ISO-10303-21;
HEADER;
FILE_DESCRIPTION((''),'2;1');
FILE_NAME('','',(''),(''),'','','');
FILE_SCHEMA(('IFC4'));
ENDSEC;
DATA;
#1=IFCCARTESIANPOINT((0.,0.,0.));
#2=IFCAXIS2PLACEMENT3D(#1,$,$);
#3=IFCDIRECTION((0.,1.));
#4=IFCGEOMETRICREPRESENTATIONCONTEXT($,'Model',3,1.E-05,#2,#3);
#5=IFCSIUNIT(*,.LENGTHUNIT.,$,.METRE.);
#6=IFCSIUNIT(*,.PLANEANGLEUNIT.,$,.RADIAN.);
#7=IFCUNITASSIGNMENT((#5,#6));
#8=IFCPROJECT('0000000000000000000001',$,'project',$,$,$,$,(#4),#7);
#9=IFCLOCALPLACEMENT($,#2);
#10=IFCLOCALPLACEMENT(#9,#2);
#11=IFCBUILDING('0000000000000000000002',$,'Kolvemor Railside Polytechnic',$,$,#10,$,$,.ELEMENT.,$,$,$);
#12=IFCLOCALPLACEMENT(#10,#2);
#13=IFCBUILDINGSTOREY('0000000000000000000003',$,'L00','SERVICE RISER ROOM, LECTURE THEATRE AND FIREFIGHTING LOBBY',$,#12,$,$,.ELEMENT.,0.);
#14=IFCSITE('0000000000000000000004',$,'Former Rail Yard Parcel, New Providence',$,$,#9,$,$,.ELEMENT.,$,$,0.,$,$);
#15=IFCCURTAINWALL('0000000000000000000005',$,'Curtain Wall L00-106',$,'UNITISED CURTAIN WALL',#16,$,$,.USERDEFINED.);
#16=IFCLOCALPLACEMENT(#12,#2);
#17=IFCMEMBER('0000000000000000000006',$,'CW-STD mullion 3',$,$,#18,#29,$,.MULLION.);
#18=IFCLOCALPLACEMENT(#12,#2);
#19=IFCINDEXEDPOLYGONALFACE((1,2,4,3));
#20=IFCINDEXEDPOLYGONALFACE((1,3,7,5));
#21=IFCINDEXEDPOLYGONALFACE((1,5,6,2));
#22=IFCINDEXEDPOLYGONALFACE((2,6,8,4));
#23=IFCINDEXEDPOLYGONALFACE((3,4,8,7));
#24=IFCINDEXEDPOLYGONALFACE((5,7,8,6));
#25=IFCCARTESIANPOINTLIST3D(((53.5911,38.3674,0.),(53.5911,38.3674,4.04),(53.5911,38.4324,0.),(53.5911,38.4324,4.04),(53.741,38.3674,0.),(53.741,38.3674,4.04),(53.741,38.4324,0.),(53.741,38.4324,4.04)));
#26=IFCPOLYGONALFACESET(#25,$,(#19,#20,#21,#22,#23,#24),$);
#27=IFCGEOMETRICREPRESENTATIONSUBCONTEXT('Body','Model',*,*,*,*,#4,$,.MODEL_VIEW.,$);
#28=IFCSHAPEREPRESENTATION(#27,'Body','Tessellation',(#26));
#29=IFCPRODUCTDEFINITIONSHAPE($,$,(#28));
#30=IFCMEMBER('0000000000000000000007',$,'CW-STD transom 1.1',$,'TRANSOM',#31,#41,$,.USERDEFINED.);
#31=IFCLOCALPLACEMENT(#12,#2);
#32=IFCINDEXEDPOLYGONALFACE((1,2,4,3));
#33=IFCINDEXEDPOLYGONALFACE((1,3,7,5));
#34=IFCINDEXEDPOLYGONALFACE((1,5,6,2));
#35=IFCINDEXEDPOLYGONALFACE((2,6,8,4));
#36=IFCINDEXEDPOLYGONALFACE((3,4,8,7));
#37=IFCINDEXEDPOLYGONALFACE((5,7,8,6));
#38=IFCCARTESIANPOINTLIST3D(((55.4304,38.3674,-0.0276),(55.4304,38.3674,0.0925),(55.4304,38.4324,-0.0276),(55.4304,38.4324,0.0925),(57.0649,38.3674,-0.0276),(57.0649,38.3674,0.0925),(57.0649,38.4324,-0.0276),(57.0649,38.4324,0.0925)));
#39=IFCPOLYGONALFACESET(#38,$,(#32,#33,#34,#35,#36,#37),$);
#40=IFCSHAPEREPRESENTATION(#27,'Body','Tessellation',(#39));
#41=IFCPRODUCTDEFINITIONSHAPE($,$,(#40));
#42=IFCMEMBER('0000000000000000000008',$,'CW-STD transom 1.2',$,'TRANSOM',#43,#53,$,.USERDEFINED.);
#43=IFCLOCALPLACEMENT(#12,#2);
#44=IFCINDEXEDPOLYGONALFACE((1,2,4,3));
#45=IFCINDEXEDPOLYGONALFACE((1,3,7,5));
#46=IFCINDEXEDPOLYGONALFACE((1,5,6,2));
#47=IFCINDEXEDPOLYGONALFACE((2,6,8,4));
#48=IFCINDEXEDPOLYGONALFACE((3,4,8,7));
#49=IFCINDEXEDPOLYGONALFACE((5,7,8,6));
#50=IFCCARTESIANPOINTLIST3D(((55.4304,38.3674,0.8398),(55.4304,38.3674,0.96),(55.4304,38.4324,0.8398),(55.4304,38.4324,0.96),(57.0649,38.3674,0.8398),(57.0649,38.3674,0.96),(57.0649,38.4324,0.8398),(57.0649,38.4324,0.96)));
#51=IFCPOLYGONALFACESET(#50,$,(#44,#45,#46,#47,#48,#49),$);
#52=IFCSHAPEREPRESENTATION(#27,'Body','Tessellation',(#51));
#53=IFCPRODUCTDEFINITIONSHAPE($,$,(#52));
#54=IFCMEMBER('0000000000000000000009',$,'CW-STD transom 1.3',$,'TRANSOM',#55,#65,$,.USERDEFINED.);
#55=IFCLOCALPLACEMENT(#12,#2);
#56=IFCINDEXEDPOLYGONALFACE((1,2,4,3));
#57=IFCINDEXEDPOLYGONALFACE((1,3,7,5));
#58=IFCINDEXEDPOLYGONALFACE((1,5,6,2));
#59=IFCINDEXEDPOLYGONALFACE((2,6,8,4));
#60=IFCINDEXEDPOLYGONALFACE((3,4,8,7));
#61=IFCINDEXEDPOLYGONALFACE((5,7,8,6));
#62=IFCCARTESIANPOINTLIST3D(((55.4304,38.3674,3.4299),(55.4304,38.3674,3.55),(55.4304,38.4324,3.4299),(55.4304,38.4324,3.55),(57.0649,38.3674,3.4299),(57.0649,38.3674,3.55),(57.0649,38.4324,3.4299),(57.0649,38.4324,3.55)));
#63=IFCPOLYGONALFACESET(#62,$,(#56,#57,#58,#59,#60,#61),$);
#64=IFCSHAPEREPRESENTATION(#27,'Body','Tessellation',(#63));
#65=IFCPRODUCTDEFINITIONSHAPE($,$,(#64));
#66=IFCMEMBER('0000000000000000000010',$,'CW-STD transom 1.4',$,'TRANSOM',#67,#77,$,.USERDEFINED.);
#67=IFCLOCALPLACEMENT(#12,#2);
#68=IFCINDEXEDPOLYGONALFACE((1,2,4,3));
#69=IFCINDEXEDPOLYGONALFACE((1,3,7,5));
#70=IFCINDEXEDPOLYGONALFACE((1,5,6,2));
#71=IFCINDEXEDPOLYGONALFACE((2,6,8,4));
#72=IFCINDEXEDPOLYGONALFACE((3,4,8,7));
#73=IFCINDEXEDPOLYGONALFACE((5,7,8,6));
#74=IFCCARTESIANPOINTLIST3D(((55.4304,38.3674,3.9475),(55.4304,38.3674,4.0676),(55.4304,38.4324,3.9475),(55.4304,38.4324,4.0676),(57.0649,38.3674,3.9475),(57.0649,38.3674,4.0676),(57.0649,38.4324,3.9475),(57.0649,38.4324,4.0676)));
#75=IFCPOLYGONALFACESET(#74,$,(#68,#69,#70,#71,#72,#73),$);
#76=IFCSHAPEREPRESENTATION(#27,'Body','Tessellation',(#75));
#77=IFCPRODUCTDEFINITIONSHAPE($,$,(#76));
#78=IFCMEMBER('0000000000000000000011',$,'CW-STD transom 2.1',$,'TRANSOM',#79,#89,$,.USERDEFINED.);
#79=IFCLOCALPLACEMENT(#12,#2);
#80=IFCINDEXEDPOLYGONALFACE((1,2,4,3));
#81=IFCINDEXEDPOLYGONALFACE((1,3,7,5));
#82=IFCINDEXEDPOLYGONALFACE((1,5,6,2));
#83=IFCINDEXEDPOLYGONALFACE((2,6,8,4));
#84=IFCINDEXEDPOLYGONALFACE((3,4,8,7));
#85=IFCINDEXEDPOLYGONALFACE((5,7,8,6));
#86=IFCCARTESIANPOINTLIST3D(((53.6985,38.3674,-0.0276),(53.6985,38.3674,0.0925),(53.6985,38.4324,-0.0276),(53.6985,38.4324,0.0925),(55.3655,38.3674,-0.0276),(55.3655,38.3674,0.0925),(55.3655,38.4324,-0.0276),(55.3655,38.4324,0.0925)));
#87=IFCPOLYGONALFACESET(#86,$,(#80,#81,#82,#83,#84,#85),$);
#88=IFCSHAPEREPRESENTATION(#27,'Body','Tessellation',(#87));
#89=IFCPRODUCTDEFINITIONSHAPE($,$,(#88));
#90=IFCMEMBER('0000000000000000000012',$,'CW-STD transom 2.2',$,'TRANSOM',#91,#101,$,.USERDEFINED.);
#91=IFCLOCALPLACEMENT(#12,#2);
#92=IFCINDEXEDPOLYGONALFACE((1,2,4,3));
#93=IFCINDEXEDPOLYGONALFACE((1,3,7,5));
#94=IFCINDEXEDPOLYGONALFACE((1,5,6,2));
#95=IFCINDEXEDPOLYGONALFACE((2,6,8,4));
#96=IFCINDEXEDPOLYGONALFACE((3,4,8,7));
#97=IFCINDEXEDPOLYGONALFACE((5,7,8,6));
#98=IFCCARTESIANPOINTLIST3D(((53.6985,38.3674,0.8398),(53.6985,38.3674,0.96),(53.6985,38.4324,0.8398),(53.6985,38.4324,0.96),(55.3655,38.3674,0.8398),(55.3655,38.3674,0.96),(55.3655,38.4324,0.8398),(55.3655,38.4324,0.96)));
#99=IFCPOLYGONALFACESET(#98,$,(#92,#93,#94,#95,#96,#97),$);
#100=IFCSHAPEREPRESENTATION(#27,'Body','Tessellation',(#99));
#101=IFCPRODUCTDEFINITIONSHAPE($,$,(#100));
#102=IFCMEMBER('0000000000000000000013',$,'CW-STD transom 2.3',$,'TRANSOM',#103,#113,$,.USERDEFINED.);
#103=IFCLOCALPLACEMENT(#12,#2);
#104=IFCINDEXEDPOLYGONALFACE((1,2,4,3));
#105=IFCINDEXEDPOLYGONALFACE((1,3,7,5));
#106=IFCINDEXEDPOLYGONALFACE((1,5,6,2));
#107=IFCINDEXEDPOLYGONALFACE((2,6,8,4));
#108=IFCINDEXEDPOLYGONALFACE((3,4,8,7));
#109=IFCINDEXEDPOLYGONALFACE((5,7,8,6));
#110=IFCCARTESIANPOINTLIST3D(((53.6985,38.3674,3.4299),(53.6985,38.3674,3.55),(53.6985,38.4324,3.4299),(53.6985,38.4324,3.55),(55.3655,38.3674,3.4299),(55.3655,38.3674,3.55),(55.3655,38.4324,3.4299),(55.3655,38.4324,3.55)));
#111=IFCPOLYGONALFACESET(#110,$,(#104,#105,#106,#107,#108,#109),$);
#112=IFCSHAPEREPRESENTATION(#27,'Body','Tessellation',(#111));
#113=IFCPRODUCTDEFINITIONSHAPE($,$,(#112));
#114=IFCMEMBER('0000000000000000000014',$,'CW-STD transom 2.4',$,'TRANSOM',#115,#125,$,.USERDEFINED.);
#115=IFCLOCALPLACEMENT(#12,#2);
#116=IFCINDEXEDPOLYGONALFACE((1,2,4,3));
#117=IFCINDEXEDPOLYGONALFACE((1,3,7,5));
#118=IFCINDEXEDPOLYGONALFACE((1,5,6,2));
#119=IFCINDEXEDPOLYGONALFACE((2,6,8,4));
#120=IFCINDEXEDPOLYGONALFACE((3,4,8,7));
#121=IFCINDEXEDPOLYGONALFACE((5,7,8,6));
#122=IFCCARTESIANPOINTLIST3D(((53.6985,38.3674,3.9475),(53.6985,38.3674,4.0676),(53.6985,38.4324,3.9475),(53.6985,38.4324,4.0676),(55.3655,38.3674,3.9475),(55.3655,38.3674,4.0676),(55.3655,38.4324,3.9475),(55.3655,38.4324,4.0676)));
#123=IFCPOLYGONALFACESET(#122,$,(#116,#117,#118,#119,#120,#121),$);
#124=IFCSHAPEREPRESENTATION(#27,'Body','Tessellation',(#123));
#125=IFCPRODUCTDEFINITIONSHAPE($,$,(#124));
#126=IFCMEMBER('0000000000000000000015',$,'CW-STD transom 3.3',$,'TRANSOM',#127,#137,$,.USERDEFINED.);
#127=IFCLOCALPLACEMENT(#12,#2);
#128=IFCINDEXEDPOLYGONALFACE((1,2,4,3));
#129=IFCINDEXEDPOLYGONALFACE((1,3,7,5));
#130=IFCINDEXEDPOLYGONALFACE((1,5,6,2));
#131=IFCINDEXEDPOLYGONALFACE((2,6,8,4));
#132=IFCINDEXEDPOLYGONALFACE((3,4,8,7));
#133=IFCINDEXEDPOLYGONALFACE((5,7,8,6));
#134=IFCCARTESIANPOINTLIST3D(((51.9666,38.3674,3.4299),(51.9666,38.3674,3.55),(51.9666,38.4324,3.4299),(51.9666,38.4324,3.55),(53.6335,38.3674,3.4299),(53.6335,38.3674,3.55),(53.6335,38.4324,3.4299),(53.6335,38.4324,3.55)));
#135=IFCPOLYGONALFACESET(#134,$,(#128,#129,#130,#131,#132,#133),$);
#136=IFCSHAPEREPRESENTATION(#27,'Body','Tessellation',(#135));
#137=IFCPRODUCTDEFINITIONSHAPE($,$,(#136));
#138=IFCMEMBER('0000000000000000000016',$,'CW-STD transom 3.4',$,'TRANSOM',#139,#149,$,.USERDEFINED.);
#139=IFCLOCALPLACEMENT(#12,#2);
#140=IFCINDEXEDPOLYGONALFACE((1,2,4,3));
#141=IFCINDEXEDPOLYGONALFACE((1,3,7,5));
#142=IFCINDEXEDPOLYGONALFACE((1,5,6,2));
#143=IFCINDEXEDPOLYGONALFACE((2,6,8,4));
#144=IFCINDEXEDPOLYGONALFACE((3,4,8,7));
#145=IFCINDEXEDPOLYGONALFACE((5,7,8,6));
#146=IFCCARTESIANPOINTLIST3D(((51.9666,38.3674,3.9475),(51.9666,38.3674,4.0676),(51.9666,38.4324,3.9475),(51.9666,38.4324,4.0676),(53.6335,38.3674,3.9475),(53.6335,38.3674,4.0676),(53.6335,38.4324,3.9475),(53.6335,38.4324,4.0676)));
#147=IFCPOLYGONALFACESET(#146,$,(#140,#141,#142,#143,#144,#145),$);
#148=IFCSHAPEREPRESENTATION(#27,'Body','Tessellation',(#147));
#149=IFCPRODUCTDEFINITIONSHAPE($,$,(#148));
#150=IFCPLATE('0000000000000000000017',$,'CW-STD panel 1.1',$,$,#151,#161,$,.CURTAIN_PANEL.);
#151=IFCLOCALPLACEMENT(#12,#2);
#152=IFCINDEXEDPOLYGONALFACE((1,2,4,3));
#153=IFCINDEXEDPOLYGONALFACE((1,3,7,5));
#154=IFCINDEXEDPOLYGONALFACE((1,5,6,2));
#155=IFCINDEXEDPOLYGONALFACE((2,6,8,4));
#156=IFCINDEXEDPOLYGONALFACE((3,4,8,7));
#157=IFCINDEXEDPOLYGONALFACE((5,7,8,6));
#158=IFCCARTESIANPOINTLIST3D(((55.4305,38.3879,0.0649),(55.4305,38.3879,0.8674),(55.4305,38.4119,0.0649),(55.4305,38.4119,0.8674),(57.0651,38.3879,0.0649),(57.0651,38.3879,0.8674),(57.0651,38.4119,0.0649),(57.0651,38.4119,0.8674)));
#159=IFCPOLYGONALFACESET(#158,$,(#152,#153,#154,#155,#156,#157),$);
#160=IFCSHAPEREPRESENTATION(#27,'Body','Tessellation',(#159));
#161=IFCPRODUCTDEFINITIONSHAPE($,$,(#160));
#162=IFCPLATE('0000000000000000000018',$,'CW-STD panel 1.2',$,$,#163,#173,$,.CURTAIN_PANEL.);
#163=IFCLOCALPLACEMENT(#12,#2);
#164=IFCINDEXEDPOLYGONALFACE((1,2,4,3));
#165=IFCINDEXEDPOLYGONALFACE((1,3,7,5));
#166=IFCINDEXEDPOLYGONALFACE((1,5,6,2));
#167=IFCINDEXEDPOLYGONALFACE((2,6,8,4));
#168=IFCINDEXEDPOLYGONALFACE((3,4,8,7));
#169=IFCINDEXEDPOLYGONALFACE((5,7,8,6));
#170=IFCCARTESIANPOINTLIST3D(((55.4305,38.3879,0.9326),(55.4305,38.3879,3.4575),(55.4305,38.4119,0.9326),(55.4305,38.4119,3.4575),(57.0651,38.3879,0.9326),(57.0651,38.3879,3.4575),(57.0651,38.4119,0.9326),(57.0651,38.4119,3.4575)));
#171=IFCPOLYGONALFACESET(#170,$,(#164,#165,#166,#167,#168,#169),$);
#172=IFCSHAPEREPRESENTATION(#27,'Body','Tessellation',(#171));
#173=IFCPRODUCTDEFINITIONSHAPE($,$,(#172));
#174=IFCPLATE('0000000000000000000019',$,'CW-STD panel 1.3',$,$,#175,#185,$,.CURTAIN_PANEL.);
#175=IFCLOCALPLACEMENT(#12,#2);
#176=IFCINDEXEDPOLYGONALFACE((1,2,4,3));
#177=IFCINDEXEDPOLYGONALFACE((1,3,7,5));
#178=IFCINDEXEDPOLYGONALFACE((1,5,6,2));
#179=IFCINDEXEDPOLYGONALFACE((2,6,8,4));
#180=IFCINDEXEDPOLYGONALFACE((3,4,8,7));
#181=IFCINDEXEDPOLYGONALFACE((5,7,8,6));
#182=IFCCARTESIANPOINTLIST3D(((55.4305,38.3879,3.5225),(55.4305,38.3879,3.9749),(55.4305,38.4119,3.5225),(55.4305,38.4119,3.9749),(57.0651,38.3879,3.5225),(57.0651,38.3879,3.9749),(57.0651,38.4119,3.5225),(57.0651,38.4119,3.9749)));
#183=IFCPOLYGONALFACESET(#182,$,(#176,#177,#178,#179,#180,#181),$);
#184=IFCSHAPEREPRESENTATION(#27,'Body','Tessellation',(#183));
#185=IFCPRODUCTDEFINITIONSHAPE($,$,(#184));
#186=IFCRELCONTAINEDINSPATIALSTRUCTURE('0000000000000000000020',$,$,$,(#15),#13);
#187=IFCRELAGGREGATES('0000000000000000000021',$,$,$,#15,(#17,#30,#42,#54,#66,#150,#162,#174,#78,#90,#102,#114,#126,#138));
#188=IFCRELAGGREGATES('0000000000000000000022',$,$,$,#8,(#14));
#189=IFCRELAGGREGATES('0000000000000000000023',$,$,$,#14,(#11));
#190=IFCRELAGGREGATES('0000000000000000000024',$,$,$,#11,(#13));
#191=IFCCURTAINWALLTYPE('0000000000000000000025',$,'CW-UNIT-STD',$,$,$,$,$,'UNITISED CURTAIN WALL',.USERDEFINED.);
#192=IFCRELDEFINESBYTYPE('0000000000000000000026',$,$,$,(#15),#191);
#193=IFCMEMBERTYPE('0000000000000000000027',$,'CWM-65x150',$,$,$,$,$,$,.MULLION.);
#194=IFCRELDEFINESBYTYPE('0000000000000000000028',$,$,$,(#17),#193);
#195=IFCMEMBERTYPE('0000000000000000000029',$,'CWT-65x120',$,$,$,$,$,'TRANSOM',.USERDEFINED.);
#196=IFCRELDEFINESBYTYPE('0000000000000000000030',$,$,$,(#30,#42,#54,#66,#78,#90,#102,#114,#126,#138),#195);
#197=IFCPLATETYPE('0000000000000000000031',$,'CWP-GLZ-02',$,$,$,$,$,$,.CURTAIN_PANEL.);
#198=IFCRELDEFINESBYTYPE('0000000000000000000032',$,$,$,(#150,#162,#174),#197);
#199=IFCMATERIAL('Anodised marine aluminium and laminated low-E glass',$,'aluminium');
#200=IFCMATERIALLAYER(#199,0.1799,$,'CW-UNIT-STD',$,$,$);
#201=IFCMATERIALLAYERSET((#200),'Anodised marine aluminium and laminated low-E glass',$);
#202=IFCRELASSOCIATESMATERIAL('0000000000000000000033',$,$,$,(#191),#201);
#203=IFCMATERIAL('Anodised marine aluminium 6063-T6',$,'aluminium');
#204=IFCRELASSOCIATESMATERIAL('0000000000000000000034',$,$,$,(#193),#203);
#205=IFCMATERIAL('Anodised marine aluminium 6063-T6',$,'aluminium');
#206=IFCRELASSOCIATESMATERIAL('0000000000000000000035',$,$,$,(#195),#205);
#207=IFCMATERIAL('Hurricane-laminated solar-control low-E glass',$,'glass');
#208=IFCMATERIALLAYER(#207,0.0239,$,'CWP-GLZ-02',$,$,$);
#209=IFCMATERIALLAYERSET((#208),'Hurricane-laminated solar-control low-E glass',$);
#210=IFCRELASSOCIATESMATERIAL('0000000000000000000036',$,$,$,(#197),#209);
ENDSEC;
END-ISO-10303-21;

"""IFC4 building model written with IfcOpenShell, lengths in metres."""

from ifc_helpers import new_model, si_unit, direction, frame, origin, origin_2d, place, context, subcontext, project, spatial, rectangle, extrude, material, layer, layer_set, material_profile, profile_set, type_object, element, aggregate, save


model = new_model("IFC4")

# Units and contexts
model_context = context("Model", 3, precision=1e-05, world=origin(), true_north=direction((0.0, 1.0)))
body_context = subcontext(model_context, "Body", "Model", "MODEL_VIEW")
ifc_project = project(units=[si_unit("LENGTHUNIT", "METRE"), si_unit("PLANEANGLEUNIT", "RADIAN")], contexts=[model_context])

# Site, building, storey
site_placement = place(None, origin())
site = spatial("IfcSite", under=ifc_project, at=site_placement, Name="Former Rail Yard Parcel, New Providence", CompositionType="ELEMENT", RefElevation=0.0)
building_placement = place(site_placement, origin())
building = spatial("IfcBuilding", under=site, at=building_placement, Name="Kolvemor Railside Polytechnic", CompositionType="ELEMENT")
storey_placement = place(building_placement, origin())
storey = spatial("IfcBuildingStorey", under=building, at=storey_placement, Name="L00", Description="SERVICE RISER ROOM, LECTURE THEATRE AND FIREFIGHTING LOBBY", CompositionType="ELEMENT", Elevation=0.0)

# Curtain wall, members, plates
ifc_material_1 = material(Name="Anodised marine aluminium and laminated low-E glass", Category="aluminium")
ifc_layer_1 = layer(ifc_material_1, 0.1799, Name="CW-UNIT-STD")
ifc_layer_set_1 = layer_set([ifc_layer_1], Name="Anodised marine aluminium and laminated low-E glass")
curtain_wall_type = type_object("IfcCurtainWallType", Name="CW-UNIT-STD", ElementType="UNITISED CURTAIN WALL", PredefinedType="USERDEFINED", material=ifc_layer_set_1)
curtain_wall_placement = place(storey_placement, origin())
curtain_wall = element("IfcCurtainWall", 1, at=curtain_wall_placement, inside=storey, type_object=curtain_wall_type, Name="Curtain Wall L00-106", ObjectType="UNITISED CURTAIN WALL", PredefinedType="USERDEFINED")
ifc_material_2 = material(Name="Anodised marine aluminium 6063-T6", Category="aluminium")
ifc_material_profile_1 = material_profile(ifc_material_2, rectangle(XDim=0.0649, YDim=0.1499, at=origin_2d()), Name="CW-MUL-65x150")
ifc_profile_set_1 = profile_set([ifc_material_profile_1], Name="Anodised marine aluminium 6063-T6")
member_type_1 = type_object("IfcMemberType", Name="CWM-65x150", PredefinedType="MULLION", material=ifc_profile_set_1)
member_1_placement = place(storey_placement, frame((53.666, 38.3999, 0.0), z_axis=(0.0, 0.0, 1.0), x_axis=(0.0, -1.0, 0.0)))
member_1 = element("IfcMember", 2, at=member_1_placement, type_object=member_type_1, Name="CW-STD mullion 3", PredefinedType="MULLION", context=body_context, shape_type="SweptSolid", body=[
    extrude(rectangle(XDim=0.0649, YDim=0.1499, at=origin_2d()), origin(), (0.0, 0.0, 1.0), 4.04),
])
ifc_material_3 = material(Name="Anodised marine aluminium 6063-T6", Category="aluminium")
ifc_material_profile_2 = material_profile(ifc_material_3, rectangle(XDim=0.0649, YDim=0.1201, at=origin_2d()), Name="CW-TRN-65x120")
ifc_profile_set_2 = profile_set([ifc_material_profile_2], Name="Anodised marine aluminium 6063-T6")
member_type_2 = type_object("IfcMemberType", Name="CWT-65x120", ElementType="TRANSOM", PredefinedType="USERDEFINED", material=ifc_profile_set_2)
member_2_placement = place(storey_placement, frame((57.0649, 38.3999, 0.0325), z_axis=(-1.0, 0.0, 0.0), x_axis=(0.0, -1.0, 0.0)))
member_2 = element("IfcMember", 3, at=member_2_placement, type_object=member_type_2, Name="CW-STD transom 1.1", ObjectType="TRANSOM", PredefinedType="USERDEFINED", context=body_context, shape_type="SweptSolid", body=[
    extrude(rectangle(XDim=0.0649, YDim=0.1201, at=origin_2d()), origin(), (0.0, 0.0, 1.0), 1.6345),
])
member_3_placement = place(storey_placement, frame((57.0649, 38.3999, 0.8999), z_axis=(-1.0, 0.0, 0.0), x_axis=(0.0, -1.0, 0.0)))
member_3 = element("IfcMember", 4, at=member_3_placement, type_object=member_type_2, Name="CW-STD transom 1.2", ObjectType="TRANSOM", PredefinedType="USERDEFINED", context=body_context, shape_type="SweptSolid", body=[
    extrude(rectangle(XDim=0.0649, YDim=0.1201, at=origin_2d()), origin(), (0.0, 0.0, 1.0), 1.6345),
])
member_4_placement = place(storey_placement, frame((57.0649, 38.3999, 3.49), z_axis=(-1.0, 0.0, 0.0), x_axis=(0.0, -1.0, 0.0)))
member_4 = element("IfcMember", 5, at=member_4_placement, type_object=member_type_2, Name="CW-STD transom 1.3", ObjectType="TRANSOM", PredefinedType="USERDEFINED", context=body_context, shape_type="SweptSolid", body=[
    extrude(rectangle(XDim=0.0649, YDim=0.1201, at=origin_2d()), origin(), (0.0, 0.0, 1.0), 1.6345),
])
member_5_placement = place(storey_placement, frame((57.0649, 38.3999, 4.0076), z_axis=(-1.0, 0.0, 0.0), x_axis=(0.0, -1.0, 0.0)))
member_5 = element("IfcMember", 6, at=member_5_placement, type_object=member_type_2, Name="CW-STD transom 1.4", ObjectType="TRANSOM", PredefinedType="USERDEFINED", context=body_context, shape_type="SweptSolid", body=[
    extrude(rectangle(XDim=0.0649, YDim=0.1201, at=origin_2d()), origin(), (0.0, 0.0, 1.0), 1.6345),
])
member_6_placement = place(storey_placement, frame((55.3655, 38.3999, 0.0325), z_axis=(-1.0, 0.0, 0.0), x_axis=(0.0, -1.0, 0.0)))
member_6 = element("IfcMember", 7, at=member_6_placement, type_object=member_type_2, Name="CW-STD transom 2.1", ObjectType="TRANSOM", PredefinedType="USERDEFINED", context=body_context, shape_type="SweptSolid", body=[
    extrude(rectangle(XDim=0.0649, YDim=0.1201, at=origin_2d()), origin(), (0.0, 0.0, 1.0), 1.667),
])
member_7_placement = place(storey_placement, frame((55.3655, 38.3999, 0.8999), z_axis=(-1.0, 0.0, 0.0), x_axis=(0.0, -1.0, 0.0)))
member_7 = element("IfcMember", 8, at=member_7_placement, type_object=member_type_2, Name="CW-STD transom 2.2", ObjectType="TRANSOM", PredefinedType="USERDEFINED", context=body_context, shape_type="SweptSolid", body=[
    extrude(rectangle(XDim=0.0649, YDim=0.1201, at=origin_2d()), origin(), (0.0, 0.0, 1.0), 1.667),
])
member_8_placement = place(storey_placement, frame((55.3655, 38.3999, 3.49), z_axis=(-1.0, 0.0, 0.0), x_axis=(0.0, -1.0, 0.0)))
member_8 = element("IfcMember", 9, at=member_8_placement, type_object=member_type_2, Name="CW-STD transom 2.3", ObjectType="TRANSOM", PredefinedType="USERDEFINED", context=body_context, shape_type="SweptSolid", body=[
    extrude(rectangle(XDim=0.0649, YDim=0.1201, at=origin_2d()), origin(), (0.0, 0.0, 1.0), 1.667),
])
member_9_placement = place(storey_placement, frame((55.3655, 38.3999, 4.0076), z_axis=(-1.0, 0.0, 0.0), x_axis=(0.0, -1.0, 0.0)))
member_9 = element("IfcMember", 10, at=member_9_placement, type_object=member_type_2, Name="CW-STD transom 2.4", ObjectType="TRANSOM", PredefinedType="USERDEFINED", context=body_context, shape_type="SweptSolid", body=[
    extrude(rectangle(XDim=0.0649, YDim=0.1201, at=origin_2d()), origin(), (0.0, 0.0, 1.0), 1.667),
])
member_10_placement = place(storey_placement, frame((53.6335, 38.3999, 3.49), z_axis=(-1.0, 0.0, 0.0), x_axis=(0.0, -1.0, 0.0)))
member_10 = element("IfcMember", 11, at=member_10_placement, type_object=member_type_2, Name="CW-STD transom 3.3", ObjectType="TRANSOM", PredefinedType="USERDEFINED", context=body_context, shape_type="SweptSolid", body=[
    extrude(rectangle(XDim=0.0649, YDim=0.1201, at=origin_2d()), origin(), (0.0, 0.0, 1.0), 1.667),
])
member_11_placement = place(storey_placement, frame((53.6335, 38.3999, 4.0076), z_axis=(-1.0, 0.0, 0.0), x_axis=(0.0, -1.0, 0.0)))
member_11 = element("IfcMember", 12, at=member_11_placement, type_object=member_type_2, Name="CW-STD transom 3.4", ObjectType="TRANSOM", PredefinedType="USERDEFINED", context=body_context, shape_type="SweptSolid", body=[
    extrude(rectangle(XDim=0.0649, YDim=0.1201, at=origin_2d()), origin(), (0.0, 0.0, 1.0), 1.667),
])
ifc_material_4 = material(Name="Hurricane-laminated solar-control low-E glass", Category="glass")
ifc_layer_2 = layer(ifc_material_4, 0.0239, Name="CWP-GLZ-02")
ifc_layer_set_2 = layer_set([ifc_layer_2], Name="Hurricane-laminated solar-control low-E glass")
plate_type = type_object("IfcPlateType", Name="CWP-GLZ-02", PredefinedType="CURTAIN_PANEL", material=ifc_layer_set_2)
plate_1_placement = place(storey_placement, frame((56.2478, 38.3999, 0.0649), z_axis=(0.0, 0.0, 1.0), x_axis=(-1.0, 0.0, 0.0)))
plate_1 = element("IfcPlate", 13, at=plate_1_placement, type_object=plate_type, Name="CW-STD panel 1.1", PredefinedType="CURTAIN_PANEL", context=body_context, shape_type="SweptSolid", body=[
    extrude(rectangle(XDim=1.6345, YDim=0.0239, at=origin_2d()), origin(), (0.0, 0.0, 1.0), 0.8025),
])
plate_2_placement = place(storey_placement, frame((56.2478, 38.3999, 0.9326), z_axis=(0.0, 0.0, 1.0), x_axis=(-1.0, 0.0, 0.0)))
plate_2 = element("IfcPlate", 14, at=plate_2_placement, type_object=plate_type, Name="CW-STD panel 1.2", PredefinedType="CURTAIN_PANEL", context=body_context, shape_type="SweptSolid", body=[
    extrude(rectangle(XDim=1.6345, YDim=0.0239, at=origin_2d()), origin(), (0.0, 0.0, 1.0), 2.5249),
])
plate_3_placement = place(storey_placement, frame((56.2478, 38.3999, 3.5225), z_axis=(0.0, 0.0, 1.0), x_axis=(-1.0, 0.0, 0.0)))
plate_3 = element("IfcPlate", 15, at=plate_3_placement, type_object=plate_type, Name="CW-STD panel 1.3", PredefinedType="CURTAIN_PANEL", context=body_context, shape_type="SweptSolid", body=[
    extrude(rectangle(XDim=1.6345, YDim=0.0239, at=origin_2d()), origin(), (0.0, 0.0, 1.0), 0.4524),
])
aggregate(curtain_wall, [member_1, member_2, member_3, member_4, member_5, plate_1, plate_2, plate_3, member_6, member_7, member_8, member_9, member_10, member_11])

save(model, "model.ifc")
